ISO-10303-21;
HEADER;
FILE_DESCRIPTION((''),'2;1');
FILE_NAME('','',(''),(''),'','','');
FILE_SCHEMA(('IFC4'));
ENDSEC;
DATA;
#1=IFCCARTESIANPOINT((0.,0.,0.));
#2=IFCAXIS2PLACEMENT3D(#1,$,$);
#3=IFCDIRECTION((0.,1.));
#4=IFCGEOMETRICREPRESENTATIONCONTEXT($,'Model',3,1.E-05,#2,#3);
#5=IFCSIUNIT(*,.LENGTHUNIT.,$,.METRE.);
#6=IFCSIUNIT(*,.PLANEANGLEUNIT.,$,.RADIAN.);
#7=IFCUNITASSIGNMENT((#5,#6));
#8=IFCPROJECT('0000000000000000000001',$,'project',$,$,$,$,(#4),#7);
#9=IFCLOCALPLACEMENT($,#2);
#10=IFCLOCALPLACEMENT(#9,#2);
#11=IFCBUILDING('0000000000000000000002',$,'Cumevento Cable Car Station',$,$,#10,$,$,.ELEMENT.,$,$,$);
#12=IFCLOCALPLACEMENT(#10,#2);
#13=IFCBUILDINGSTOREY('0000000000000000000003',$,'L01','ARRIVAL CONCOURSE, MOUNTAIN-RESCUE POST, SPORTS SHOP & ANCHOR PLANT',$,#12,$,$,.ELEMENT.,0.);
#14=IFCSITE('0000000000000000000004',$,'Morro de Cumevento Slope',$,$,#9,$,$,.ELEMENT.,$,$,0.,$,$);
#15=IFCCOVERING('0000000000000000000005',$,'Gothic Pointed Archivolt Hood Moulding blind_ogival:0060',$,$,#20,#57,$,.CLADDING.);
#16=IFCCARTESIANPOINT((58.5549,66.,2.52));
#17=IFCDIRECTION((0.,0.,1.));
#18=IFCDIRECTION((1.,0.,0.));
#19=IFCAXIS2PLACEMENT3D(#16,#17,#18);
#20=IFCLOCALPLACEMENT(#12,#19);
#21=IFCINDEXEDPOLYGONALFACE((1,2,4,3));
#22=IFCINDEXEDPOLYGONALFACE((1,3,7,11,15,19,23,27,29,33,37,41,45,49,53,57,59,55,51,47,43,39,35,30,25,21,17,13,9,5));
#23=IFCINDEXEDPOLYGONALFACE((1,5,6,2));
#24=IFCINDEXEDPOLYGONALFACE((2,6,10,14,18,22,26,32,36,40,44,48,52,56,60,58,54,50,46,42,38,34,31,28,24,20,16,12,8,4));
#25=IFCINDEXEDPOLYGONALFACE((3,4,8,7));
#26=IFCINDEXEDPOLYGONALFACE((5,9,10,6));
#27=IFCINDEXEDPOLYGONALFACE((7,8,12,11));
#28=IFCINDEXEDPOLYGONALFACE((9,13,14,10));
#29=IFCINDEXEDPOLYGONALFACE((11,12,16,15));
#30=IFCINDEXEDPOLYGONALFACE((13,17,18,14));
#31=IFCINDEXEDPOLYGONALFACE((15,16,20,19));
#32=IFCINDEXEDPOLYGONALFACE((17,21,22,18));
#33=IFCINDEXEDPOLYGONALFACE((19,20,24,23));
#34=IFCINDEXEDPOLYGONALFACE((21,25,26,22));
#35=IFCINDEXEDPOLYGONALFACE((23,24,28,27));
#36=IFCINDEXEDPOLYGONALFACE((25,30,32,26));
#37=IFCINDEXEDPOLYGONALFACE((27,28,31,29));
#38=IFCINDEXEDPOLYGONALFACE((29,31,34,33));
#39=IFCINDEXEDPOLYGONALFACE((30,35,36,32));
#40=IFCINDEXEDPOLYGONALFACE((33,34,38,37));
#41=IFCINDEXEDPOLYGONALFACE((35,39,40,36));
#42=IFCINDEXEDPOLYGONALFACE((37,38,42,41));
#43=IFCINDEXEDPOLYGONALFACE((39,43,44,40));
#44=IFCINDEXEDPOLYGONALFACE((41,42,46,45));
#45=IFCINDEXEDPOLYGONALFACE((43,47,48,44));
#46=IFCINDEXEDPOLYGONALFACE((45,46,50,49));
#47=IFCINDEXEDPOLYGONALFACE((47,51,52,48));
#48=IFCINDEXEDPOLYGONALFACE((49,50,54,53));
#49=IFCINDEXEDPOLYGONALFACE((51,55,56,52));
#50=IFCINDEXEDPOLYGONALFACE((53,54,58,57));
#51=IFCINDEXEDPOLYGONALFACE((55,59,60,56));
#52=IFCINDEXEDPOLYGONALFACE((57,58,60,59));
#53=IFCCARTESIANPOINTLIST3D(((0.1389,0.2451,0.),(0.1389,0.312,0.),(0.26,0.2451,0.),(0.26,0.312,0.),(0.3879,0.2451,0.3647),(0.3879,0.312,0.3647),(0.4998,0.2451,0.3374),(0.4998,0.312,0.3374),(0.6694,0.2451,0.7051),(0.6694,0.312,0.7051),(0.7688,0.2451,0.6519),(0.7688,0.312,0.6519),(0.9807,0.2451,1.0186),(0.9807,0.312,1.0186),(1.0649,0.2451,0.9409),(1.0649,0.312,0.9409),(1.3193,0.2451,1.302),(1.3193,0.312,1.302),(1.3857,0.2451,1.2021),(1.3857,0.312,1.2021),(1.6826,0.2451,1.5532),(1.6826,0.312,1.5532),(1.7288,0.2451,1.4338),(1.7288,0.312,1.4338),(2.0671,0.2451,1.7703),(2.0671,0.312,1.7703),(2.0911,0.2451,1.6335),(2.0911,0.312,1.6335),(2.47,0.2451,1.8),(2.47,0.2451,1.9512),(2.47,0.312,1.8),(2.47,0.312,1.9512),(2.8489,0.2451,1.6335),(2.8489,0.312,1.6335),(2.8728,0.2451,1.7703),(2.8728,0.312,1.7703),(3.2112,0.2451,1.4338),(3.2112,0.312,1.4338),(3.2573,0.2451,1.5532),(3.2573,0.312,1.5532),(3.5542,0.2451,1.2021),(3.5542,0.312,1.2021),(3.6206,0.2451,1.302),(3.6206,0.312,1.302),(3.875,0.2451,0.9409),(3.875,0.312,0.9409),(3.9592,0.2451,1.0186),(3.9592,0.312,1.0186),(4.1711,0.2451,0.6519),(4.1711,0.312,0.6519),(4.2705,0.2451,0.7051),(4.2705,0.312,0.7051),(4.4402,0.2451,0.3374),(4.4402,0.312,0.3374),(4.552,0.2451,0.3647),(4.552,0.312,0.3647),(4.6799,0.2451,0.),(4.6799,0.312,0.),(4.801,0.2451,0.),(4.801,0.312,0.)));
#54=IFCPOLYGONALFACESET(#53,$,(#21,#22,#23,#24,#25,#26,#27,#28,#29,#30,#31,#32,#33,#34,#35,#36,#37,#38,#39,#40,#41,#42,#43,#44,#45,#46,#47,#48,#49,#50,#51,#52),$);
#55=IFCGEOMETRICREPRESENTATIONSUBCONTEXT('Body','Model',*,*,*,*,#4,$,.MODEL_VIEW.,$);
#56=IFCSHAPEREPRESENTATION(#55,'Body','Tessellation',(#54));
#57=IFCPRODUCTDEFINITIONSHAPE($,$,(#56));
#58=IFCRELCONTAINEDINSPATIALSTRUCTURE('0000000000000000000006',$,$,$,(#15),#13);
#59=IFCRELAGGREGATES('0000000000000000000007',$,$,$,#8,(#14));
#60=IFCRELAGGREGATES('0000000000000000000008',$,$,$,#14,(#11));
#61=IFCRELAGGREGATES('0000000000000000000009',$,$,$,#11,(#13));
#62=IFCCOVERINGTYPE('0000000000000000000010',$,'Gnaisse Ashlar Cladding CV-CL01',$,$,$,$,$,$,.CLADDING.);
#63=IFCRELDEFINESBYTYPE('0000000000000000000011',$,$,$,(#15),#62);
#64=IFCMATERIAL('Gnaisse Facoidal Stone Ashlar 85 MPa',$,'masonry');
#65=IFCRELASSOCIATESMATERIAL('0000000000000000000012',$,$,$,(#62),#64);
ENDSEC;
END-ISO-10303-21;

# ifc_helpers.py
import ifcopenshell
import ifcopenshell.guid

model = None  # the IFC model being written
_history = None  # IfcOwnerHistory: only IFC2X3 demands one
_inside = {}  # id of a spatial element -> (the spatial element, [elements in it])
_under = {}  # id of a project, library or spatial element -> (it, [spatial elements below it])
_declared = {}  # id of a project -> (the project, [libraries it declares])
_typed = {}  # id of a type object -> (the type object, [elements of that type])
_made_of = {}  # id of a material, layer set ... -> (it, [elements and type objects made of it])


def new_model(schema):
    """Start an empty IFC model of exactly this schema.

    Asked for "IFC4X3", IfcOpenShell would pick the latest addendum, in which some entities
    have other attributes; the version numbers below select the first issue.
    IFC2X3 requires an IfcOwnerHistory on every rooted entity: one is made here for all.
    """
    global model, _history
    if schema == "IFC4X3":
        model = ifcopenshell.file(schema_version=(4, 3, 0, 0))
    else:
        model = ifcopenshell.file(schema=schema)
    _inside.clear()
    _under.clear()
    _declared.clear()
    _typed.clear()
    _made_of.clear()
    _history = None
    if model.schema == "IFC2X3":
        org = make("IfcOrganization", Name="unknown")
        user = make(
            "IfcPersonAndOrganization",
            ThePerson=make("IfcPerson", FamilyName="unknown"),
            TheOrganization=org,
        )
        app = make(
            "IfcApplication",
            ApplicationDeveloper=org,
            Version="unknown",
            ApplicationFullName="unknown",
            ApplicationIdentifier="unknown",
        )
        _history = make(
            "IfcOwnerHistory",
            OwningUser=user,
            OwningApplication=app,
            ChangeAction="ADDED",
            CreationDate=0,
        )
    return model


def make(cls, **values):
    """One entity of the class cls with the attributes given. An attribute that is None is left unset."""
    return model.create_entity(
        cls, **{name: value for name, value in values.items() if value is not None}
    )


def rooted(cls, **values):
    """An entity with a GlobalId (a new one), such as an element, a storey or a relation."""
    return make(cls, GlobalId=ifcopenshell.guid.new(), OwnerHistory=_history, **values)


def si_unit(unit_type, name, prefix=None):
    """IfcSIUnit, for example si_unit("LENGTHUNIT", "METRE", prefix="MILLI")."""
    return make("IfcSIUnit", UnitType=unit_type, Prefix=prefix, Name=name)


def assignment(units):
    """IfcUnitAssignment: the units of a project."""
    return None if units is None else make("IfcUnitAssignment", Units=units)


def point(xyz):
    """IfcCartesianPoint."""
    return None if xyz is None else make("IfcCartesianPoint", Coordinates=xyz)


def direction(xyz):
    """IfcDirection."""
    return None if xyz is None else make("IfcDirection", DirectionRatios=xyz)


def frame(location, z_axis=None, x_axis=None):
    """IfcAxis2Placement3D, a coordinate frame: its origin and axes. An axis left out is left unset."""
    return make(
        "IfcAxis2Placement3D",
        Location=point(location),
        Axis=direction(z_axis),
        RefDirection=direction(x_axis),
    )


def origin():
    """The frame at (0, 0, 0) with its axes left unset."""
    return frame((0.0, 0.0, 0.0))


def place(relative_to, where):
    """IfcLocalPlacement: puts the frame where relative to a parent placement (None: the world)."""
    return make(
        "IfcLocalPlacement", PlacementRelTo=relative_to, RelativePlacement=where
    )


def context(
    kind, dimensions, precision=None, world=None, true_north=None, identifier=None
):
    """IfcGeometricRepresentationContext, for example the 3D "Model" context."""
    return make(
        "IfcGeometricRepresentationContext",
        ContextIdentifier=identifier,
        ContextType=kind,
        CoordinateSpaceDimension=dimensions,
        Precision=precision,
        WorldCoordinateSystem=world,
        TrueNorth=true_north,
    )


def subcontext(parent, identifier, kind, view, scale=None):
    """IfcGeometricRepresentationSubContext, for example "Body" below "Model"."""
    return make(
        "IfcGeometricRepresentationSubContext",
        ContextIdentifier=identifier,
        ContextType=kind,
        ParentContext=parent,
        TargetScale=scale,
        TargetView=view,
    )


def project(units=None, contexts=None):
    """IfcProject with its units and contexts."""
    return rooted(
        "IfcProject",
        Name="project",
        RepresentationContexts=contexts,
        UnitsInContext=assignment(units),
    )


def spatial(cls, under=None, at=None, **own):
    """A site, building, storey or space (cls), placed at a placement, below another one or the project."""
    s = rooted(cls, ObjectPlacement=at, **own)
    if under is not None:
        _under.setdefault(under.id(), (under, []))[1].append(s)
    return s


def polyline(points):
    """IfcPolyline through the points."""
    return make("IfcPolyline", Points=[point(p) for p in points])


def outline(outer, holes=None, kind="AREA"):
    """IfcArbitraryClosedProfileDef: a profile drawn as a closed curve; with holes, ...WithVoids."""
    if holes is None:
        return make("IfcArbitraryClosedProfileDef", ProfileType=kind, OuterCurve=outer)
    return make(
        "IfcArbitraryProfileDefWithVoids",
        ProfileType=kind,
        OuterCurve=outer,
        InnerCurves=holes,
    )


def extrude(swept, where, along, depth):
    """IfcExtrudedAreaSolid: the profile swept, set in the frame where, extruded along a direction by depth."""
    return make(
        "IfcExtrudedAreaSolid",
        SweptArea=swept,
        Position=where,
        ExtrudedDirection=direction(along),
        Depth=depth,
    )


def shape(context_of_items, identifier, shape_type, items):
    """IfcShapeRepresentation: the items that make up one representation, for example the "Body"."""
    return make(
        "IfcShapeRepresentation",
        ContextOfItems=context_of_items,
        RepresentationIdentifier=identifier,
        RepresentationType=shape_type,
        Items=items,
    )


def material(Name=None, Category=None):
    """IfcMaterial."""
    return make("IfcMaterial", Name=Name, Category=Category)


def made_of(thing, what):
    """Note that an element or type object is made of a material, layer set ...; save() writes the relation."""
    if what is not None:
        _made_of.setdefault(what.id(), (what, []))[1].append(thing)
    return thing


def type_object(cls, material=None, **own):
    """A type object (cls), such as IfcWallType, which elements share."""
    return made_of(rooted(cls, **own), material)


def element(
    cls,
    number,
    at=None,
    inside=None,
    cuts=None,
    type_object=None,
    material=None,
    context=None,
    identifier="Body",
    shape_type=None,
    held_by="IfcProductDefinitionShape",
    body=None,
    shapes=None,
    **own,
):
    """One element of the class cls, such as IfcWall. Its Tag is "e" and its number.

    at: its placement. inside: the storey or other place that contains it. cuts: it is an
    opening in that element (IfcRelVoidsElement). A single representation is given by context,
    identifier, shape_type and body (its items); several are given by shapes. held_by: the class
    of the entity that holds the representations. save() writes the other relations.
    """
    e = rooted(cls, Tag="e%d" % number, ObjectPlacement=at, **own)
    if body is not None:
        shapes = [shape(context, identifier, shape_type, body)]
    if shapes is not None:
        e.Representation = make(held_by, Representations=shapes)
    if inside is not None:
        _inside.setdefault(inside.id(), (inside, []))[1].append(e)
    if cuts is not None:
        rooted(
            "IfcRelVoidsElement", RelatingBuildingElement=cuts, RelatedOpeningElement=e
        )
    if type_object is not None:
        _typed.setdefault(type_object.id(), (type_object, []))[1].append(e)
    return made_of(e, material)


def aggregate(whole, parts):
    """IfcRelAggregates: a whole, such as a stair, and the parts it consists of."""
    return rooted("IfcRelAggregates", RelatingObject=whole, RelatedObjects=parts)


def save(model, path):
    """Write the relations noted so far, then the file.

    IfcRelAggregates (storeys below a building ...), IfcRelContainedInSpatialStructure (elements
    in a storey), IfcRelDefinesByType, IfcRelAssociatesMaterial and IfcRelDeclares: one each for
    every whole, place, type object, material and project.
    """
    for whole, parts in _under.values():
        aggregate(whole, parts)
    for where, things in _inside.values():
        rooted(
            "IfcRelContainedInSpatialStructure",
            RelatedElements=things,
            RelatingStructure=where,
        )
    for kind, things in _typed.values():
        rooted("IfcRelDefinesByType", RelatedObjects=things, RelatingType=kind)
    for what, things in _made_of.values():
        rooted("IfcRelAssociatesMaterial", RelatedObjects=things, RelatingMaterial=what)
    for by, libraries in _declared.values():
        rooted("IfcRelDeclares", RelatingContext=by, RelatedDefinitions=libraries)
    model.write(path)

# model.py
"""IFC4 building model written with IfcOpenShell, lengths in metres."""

from ifc_helpers import new_model, si_unit, direction, frame, origin, place, context, subcontext, project, spatial, polyline, outline, extrude, material, type_object, element, save


model = new_model("IFC4")

# Units and contexts
model_context = context("Model", 3, precision=1e-05, world=origin(), true_north=direction((0.0, 1.0)))
body_context = subcontext(model_context, "Body", "Model", "MODEL_VIEW")
ifc_project = project(units=[si_unit("LENGTHUNIT", "METRE"), si_unit("PLANEANGLEUNIT", "RADIAN")], contexts=[model_context])

# Site, building, storey
site_placement = place(None, origin())
site = spatial("IfcSite", under=ifc_project, at=site_placement, Name="Morro de Cumevento Slope", CompositionType="ELEMENT", RefElevation=0.0)
building_placement = place(site_placement, origin())
building = spatial("IfcBuilding", under=site, at=building_placement, Name="Cumevento Cable Car Station", CompositionType="ELEMENT")
storey_placement = place(building_placement, origin())
storey = spatial("IfcBuildingStorey", under=building, at=storey_placement, Name="L01", Description="ARRIVAL CONCOURSE, MOUNTAIN-RESCUE POST, SPORTS SHOP & ANCHOR PLANT", CompositionType="ELEMENT", Elevation=0.0)

# Covering
ifc_material_1 = material(Name="Gnaisse Facoidal Stone Ashlar 85 MPa", Category="masonry")
covering_type = type_object("IfcCoveringType", Name="Gnaisse Ashlar Cladding CV-CL01", PredefinedType="CLADDING", material=ifc_material_1)
covering_1_placement = place(storey_placement, frame((58.5549, 66.0, 2.52), z_axis=(0.0, 0.0, 1.0), x_axis=(1.0, 0.0, 0.0)))
element("IfcCovering", 1, at=covering_1_placement, inside=storey, type_object=covering_type, Name="Gothic Pointed Archivolt Hood Moulding blind_ogival:0060", PredefinedType="CLADDING", context=body_context, shape_type="SweptSolid", body=[
    extrude(outline(polyline([(0.26, 0.0), (0.4998, 0.3374), (0.7688, 0.6519), (1.0649, 0.9409), (1.3857, 1.2021), (1.7288, 1.4338), (2.0911, 1.6335), (2.47, 1.8), (2.8489, 1.6335), (3.2112, 1.4338), (3.5542, 1.2021), (3.875, 0.9409), (4.1711, 0.6519), (4.4402, 0.3374), (4.6799, 0.0), (4.801, 0.0), (4.552, 0.3647), (4.2705, 0.7051), (3.9592, 1.0186), (3.6206, 1.302), (3.2573, 1.5532), (2.8728, 1.7703), (2.47, 1.9512), (2.0671, 1.7703), (1.6826, 1.5532), (1.3193, 1.302), (0.9807, 1.0186), (0.6694, 0.7051), (0.3879, 0.3647), (0.1389, 0.0), (0.26, 0.0)])), frame((0.0, 0.312, 0.0), z_axis=(0.0, -1.0, 0.0), x_axis=(1.0, 0.0, 0.0)), (0.0, 0.0, 1.0), 0.0669),
])

save(model, "model.ifc")
